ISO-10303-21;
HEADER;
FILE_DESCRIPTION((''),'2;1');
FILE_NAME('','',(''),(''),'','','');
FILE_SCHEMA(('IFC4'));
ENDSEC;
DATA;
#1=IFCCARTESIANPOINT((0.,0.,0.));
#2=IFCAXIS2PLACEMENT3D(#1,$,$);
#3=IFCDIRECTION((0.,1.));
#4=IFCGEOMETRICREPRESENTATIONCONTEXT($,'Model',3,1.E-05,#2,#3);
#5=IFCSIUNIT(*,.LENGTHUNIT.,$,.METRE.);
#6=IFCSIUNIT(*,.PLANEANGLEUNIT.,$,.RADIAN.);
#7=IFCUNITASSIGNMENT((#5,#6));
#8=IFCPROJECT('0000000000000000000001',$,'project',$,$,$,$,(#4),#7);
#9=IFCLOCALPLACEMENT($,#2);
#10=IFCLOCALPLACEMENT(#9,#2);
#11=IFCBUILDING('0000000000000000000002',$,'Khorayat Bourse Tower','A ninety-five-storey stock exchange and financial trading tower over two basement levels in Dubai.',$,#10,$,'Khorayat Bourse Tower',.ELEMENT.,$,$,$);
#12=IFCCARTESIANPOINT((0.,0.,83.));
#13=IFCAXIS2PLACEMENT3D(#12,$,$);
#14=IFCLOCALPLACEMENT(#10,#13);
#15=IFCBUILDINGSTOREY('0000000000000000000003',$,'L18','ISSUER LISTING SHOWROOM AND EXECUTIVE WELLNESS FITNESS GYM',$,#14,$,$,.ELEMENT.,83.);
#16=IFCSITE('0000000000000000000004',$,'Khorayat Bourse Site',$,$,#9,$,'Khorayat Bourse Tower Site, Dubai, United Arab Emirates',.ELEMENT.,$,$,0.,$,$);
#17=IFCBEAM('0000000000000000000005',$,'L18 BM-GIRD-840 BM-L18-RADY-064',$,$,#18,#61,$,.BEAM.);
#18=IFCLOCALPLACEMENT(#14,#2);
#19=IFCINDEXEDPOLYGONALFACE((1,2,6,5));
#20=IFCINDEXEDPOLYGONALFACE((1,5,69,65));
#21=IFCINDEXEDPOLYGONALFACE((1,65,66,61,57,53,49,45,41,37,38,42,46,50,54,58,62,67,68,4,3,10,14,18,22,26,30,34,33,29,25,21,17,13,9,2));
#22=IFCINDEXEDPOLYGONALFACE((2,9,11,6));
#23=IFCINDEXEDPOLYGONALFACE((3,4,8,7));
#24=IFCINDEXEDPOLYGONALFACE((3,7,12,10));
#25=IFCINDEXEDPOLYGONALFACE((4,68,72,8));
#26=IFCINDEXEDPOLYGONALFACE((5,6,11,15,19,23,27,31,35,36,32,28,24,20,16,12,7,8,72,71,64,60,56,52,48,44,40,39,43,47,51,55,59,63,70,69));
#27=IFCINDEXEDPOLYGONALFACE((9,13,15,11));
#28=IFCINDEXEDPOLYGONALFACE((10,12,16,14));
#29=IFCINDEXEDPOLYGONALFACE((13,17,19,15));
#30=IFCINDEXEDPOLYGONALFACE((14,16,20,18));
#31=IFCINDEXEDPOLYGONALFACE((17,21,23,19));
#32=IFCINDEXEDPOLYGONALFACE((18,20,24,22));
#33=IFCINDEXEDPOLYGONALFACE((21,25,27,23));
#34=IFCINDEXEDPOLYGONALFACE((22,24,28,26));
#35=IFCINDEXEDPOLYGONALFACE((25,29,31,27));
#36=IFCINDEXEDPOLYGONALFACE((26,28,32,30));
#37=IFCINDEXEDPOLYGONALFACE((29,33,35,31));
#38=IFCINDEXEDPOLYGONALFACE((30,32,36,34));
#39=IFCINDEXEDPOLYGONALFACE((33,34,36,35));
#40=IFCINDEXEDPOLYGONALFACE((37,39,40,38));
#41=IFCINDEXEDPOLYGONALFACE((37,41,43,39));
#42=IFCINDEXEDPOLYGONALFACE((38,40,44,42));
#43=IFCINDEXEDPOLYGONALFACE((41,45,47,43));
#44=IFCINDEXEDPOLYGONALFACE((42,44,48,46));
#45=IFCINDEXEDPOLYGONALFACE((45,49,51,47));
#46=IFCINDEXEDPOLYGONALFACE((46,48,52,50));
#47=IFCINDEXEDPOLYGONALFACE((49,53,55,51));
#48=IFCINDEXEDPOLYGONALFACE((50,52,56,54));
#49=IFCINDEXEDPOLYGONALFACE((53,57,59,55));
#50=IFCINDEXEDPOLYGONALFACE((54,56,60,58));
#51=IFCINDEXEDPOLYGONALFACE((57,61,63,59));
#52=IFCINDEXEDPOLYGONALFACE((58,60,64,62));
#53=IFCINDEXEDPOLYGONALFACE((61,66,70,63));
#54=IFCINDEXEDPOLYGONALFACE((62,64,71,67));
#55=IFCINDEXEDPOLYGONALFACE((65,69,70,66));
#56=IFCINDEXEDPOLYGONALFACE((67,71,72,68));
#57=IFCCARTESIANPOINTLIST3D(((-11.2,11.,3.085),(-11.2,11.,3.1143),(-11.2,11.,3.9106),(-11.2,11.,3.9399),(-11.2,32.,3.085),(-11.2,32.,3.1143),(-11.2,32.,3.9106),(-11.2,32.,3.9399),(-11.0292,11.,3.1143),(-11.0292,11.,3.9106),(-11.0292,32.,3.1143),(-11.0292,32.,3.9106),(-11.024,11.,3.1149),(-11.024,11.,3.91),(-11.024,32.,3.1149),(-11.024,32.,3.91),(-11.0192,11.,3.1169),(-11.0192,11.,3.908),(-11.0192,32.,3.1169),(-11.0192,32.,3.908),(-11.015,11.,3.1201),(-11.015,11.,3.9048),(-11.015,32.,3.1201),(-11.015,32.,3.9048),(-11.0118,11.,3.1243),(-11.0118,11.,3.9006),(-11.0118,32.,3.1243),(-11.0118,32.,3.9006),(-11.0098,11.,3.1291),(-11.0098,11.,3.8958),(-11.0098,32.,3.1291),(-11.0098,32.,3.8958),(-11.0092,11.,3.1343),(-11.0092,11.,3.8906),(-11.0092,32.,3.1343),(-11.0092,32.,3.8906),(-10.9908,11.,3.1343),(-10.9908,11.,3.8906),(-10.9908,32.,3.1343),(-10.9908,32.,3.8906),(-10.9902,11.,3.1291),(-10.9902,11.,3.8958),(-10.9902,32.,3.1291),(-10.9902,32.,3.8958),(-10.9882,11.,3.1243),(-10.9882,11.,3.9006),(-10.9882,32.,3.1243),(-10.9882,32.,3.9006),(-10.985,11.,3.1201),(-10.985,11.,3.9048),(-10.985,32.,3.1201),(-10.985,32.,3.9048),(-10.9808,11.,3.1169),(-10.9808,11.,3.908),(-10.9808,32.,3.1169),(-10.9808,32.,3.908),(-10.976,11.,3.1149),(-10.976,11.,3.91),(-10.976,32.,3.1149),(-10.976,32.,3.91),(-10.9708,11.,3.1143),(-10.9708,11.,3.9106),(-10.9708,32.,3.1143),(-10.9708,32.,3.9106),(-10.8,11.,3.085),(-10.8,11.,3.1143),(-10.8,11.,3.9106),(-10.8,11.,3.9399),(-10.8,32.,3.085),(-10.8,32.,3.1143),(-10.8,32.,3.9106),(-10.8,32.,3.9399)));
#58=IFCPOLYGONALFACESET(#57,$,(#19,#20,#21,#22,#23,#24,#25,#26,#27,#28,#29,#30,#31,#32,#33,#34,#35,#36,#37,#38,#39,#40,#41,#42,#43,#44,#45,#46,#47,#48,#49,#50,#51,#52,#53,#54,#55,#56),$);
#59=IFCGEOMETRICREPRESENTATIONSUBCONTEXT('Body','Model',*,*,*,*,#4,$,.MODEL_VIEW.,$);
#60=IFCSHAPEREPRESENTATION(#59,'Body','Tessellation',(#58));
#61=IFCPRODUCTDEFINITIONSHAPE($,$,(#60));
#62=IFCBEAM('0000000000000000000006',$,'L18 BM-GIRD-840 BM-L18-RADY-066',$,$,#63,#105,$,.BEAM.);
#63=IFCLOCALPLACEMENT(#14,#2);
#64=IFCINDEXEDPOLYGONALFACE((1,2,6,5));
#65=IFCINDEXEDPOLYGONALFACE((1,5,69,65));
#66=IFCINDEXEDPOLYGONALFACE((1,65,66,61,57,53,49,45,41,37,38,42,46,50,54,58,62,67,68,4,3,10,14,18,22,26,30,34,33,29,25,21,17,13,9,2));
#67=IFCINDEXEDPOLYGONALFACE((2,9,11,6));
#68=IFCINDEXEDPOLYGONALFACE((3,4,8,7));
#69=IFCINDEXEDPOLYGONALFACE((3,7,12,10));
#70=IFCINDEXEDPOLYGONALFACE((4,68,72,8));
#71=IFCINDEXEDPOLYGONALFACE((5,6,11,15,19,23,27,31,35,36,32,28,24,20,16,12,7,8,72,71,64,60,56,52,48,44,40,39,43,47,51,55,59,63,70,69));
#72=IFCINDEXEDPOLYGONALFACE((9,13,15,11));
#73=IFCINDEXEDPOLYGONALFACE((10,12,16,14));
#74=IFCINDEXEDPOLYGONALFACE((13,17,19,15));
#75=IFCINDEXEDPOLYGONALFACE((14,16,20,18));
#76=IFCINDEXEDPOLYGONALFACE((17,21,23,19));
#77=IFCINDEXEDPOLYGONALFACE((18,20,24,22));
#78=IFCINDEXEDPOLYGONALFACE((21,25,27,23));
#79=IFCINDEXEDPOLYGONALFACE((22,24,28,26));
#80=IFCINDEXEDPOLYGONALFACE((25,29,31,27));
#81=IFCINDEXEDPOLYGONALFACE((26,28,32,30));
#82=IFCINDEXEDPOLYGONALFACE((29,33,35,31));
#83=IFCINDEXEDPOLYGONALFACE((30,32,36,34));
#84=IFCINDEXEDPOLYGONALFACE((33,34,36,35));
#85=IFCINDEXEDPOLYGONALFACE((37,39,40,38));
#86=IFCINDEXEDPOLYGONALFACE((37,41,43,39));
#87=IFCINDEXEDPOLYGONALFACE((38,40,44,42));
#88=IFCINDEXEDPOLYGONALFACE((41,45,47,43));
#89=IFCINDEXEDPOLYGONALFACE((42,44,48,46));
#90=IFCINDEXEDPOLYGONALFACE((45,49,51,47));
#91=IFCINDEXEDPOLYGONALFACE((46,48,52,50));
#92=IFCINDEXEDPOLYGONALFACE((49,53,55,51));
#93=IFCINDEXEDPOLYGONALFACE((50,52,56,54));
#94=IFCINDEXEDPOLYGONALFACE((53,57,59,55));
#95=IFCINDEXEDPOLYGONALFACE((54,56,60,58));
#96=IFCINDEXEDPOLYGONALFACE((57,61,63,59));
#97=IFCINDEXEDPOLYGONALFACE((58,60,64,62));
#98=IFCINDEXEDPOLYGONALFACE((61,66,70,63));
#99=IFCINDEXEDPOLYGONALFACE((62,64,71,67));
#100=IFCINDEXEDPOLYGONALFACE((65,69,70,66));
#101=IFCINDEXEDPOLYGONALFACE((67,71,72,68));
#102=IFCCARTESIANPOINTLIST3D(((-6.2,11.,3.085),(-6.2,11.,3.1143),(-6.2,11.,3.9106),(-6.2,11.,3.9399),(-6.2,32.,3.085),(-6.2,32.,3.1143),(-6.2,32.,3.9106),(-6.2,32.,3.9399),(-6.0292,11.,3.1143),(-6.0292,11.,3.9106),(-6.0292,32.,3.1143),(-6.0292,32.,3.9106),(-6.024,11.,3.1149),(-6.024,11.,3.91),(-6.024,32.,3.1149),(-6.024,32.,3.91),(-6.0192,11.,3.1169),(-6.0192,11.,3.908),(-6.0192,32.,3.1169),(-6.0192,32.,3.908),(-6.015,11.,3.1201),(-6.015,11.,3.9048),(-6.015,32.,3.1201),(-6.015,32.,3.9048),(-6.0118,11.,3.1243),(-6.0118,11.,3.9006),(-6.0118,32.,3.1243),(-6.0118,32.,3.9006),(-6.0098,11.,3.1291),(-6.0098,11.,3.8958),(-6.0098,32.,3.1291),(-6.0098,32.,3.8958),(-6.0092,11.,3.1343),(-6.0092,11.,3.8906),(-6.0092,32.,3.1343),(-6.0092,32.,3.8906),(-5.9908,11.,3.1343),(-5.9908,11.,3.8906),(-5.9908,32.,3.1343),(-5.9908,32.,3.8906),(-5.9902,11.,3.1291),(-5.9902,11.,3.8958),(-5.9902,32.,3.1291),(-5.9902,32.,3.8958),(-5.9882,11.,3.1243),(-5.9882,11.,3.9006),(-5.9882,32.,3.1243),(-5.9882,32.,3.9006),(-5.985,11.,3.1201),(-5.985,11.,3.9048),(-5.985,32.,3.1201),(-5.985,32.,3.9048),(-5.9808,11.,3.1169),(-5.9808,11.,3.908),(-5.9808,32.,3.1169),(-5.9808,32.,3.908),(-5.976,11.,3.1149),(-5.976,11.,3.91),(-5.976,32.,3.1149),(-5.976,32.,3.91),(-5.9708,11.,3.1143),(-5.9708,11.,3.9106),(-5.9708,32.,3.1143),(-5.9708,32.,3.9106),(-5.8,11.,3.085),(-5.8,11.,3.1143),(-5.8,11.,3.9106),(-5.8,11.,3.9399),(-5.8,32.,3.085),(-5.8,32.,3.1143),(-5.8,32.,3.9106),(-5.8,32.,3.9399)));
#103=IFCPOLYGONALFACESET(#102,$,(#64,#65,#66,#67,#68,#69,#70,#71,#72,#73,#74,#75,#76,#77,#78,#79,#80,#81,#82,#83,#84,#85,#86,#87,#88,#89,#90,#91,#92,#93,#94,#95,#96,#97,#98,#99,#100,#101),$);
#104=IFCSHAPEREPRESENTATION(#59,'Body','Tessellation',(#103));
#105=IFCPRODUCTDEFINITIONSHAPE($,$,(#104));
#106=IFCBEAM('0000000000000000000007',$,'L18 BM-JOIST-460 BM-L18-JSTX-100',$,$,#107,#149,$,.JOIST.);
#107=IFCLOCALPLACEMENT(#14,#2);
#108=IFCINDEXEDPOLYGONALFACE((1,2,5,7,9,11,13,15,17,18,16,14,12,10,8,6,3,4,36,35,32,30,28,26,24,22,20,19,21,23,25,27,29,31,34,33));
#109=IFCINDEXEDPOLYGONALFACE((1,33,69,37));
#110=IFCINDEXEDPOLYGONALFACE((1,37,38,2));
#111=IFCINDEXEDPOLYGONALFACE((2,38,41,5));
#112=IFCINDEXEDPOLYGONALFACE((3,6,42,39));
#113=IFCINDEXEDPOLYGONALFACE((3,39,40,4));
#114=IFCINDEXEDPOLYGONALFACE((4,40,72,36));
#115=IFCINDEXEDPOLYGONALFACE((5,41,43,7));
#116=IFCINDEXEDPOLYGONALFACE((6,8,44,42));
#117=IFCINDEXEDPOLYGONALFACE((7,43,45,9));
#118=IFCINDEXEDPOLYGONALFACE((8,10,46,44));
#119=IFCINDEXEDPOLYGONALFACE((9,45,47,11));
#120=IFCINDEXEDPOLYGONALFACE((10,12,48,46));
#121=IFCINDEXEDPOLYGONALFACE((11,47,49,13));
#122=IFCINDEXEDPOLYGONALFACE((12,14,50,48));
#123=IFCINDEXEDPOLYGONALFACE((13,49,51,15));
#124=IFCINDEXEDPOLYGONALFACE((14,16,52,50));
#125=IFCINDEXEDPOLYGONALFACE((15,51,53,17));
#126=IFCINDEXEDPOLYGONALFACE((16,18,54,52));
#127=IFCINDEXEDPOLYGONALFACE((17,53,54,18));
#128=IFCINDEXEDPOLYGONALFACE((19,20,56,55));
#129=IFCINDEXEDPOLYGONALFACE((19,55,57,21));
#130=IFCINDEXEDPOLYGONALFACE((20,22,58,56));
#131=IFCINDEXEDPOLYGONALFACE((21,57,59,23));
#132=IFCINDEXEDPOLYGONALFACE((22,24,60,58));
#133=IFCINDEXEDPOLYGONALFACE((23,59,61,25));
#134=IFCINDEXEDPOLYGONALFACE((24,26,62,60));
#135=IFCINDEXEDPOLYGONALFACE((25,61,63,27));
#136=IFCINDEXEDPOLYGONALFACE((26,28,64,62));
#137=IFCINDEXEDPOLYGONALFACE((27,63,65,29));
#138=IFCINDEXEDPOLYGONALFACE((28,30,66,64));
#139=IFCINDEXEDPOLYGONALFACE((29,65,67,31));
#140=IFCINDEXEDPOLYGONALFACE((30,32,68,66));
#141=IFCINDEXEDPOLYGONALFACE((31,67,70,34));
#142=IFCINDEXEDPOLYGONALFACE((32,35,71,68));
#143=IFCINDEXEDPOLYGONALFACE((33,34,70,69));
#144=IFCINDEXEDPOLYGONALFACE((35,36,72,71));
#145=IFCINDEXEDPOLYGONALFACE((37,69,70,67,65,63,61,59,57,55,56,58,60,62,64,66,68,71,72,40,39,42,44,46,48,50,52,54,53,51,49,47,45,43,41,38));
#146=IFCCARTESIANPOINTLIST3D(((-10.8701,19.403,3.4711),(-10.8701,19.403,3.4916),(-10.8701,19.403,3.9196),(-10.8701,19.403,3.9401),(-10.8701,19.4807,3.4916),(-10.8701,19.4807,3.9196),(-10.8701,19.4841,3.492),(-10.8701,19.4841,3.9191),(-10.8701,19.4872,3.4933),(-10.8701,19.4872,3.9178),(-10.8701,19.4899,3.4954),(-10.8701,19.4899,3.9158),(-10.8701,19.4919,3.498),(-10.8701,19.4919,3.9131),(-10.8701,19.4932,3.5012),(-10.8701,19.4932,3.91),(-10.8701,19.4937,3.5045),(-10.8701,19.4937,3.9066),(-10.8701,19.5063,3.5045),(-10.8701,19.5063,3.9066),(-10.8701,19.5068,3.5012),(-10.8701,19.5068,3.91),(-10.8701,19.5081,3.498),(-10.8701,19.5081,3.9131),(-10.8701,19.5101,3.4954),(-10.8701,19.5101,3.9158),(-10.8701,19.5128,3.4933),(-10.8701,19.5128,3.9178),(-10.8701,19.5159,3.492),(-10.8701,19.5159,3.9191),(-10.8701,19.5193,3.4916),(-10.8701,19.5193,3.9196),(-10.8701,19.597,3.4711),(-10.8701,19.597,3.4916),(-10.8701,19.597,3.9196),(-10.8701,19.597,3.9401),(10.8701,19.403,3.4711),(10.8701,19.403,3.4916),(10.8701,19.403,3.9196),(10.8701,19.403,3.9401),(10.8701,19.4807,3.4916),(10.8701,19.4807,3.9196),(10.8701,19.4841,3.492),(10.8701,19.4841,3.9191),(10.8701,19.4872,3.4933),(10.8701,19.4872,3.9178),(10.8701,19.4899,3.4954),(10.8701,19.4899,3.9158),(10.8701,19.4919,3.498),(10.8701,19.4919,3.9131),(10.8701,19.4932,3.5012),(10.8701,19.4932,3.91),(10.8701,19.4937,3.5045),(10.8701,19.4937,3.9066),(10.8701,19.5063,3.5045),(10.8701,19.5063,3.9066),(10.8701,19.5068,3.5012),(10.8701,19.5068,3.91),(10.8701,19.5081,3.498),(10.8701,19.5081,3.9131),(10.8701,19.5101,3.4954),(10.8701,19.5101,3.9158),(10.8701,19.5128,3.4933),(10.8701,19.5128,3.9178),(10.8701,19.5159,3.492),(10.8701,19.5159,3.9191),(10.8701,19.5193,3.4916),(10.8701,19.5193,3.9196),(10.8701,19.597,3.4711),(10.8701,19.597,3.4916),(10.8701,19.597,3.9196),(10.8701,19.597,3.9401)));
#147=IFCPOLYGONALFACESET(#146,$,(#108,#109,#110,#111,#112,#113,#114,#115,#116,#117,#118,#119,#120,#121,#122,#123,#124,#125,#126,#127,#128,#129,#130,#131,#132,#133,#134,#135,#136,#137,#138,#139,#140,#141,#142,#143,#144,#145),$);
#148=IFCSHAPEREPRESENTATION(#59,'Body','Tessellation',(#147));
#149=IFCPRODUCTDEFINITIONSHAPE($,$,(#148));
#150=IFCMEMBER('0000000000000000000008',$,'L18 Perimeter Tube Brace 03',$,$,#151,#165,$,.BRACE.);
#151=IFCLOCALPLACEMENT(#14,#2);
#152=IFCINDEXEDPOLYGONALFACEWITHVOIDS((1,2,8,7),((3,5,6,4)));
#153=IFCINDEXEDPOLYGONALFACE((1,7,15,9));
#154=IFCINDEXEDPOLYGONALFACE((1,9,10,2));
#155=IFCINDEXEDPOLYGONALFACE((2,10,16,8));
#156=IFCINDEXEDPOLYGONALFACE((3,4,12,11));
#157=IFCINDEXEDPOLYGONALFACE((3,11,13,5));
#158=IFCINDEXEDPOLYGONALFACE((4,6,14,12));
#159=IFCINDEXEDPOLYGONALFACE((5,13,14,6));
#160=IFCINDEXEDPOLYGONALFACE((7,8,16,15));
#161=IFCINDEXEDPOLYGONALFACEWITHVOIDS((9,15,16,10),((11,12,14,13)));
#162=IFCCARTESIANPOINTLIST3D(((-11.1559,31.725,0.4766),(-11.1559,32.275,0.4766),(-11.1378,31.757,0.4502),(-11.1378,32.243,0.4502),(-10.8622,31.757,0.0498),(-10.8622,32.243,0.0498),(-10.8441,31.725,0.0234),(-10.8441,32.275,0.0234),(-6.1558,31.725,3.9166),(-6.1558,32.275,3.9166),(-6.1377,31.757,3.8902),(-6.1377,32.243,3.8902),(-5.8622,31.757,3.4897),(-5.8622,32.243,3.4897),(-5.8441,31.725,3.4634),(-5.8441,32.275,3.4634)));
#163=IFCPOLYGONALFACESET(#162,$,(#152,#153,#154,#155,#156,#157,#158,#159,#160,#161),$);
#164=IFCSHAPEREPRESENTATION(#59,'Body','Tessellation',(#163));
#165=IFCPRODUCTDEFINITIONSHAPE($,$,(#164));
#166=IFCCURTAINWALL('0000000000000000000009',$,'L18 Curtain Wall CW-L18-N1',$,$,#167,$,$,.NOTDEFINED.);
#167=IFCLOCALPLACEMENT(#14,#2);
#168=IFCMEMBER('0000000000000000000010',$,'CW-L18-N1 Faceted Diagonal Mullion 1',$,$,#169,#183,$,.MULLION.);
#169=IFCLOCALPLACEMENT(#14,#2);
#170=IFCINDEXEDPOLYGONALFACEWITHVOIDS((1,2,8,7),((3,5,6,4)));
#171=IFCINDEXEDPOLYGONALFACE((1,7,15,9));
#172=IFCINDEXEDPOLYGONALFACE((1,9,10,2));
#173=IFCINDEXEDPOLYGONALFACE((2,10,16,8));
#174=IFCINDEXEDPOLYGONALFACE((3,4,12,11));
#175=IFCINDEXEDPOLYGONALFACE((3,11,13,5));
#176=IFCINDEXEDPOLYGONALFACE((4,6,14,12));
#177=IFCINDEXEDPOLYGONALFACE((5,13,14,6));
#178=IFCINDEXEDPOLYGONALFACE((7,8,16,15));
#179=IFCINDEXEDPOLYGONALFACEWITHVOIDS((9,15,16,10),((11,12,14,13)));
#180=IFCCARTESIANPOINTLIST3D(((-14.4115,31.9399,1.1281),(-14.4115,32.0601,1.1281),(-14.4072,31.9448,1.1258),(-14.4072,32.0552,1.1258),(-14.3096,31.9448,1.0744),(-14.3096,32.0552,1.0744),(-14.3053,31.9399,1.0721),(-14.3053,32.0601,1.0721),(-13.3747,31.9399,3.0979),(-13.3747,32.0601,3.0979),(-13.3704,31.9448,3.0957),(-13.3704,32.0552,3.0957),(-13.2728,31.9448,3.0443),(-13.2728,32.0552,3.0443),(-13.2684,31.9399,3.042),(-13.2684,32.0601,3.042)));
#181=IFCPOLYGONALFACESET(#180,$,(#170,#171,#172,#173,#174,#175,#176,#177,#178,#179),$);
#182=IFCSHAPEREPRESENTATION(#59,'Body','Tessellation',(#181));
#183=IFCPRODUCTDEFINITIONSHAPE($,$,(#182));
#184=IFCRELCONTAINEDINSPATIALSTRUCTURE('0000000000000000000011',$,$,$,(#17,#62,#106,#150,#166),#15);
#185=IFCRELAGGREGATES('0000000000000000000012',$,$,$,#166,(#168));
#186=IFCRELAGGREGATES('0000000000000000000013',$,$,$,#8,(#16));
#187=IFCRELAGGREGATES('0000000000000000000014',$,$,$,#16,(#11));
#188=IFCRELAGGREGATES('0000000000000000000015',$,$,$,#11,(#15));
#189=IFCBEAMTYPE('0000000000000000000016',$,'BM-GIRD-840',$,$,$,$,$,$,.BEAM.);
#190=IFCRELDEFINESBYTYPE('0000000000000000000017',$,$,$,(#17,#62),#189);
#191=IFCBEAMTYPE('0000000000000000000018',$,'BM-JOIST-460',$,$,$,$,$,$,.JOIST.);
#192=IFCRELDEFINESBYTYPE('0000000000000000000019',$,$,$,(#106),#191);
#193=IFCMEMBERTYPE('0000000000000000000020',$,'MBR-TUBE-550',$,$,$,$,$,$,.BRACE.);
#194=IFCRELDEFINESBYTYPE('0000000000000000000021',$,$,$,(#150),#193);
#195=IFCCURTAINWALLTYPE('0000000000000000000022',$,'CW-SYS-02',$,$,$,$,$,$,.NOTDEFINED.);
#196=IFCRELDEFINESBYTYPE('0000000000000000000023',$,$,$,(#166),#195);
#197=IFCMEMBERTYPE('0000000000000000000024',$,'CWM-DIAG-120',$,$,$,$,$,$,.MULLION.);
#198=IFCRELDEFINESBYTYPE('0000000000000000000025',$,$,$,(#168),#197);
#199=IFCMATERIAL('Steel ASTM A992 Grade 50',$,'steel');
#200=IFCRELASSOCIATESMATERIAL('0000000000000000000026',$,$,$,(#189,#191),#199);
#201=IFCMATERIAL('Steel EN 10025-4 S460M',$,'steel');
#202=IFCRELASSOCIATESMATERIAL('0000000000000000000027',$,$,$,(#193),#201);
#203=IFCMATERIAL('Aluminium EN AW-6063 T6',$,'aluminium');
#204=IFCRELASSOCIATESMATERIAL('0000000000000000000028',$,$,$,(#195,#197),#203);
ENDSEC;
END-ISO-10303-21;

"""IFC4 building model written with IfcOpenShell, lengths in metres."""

from ifc_helpers import new_model, si_unit, direction, frame, origin, origin_2d, place, context, subcontext, project, spatial, hollow_rectangle, i_section, extrude, source, transform, mapped, material, material_profile, profile_set, type_object, element, aggregate, save


model = new_model("IFC4")

# Units and contexts
model_context = context("Model", 3, precision=1e-05, world=origin(), true_north=direction((0.0, 1.0)))
body_context = subcontext(model_context, "Body", "Model", "MODEL_VIEW")
ifc_project = project(units=[si_unit("LENGTHUNIT", "METRE"), si_unit("PLANEANGLEUNIT", "RADIAN")], contexts=[model_context])

# Site, building, storey
site_placement = place(None, origin())
site = spatial("IfcSite", under=ifc_project, at=site_placement, Name="Khorayat Bourse Site", LongName="Khorayat Bourse Tower Site, Dubai, United Arab Emirates", CompositionType="ELEMENT", RefElevation=0.0)
building_placement = place(site_placement, origin())
building = spatial("IfcBuilding", under=site, at=building_placement, Name="Khorayat Bourse Tower", Description="A ninety-five-storey stock exchange and financial trading tower over two basement levels in Dubai.", LongName="Khorayat Bourse Tower", CompositionType="ELEMENT")
storey_placement = place(building_placement, frame((0.0, 0.0, 83.0)))
storey = spatial("IfcBuildingStorey", under=building, at=storey_placement, Name="L18", Description="ISSUER LISTING SHOWROOM AND EXECUTIVE WELLNESS FITNESS GYM", CompositionType="ELEMENT", Elevation=83.0)

# Shared definitions
ifc_material_1 = material(Name="Steel EN 10025-4 S460M", Category="steel")

# Beams
ifc_material_2 = material(Name="Steel ASTM A992 Grade 50", Category="steel")
ifc_material_profile_1 = material_profile(ifc_material_2, i_section(OverallWidth=0.3999, OverallDepth=0.855, WebThickness=0.0183, FlangeThickness=0.0293, FilletRadius=0.02, at=origin_2d()), Name="W840X299")
ifc_profile_set_1 = profile_set([ifc_material_profile_1], Name="Steel ASTM A992 Grade 50")
beam_type_1 = type_object("IfcBeamType", Name="BM-GIRD-840", PredefinedType="BEAM", material=ifc_profile_set_1)
shared_shape_1 = source(origin(), body_context, "Body", "SweptSolid", [
    extrude(i_section(OverallWidth=0.3999, OverallDepth=0.855, WebThickness=0.0183, FlangeThickness=0.0293, FilletRadius=0.02, at=origin_2d()), origin(), (0.0, 0.0, 1.0), 21.0),
])
for number, where, z_axis, x_axis, name in (
    (1, (-11.0, 11.0, 3.5125), (0.0, 1.0, 0.0), (-1.0, 0.0, 0.0), "L18 BM-GIRD-840 BM-L18-RADY-064"),
    (2, (-6.0, 11.0, 3.5125), (0.0, 1.0, 0.0), (-1.0, 0.0, 0.0), "L18 BM-GIRD-840 BM-L18-RADY-066"),
):
    element("IfcBeam", number, at=place(storey_placement, frame(where, z_axis=z_axis, x_axis=x_axis)), inside=storey, type_object=beam_type_1, Name=name, PredefinedType="BEAM", context=body_context, shape_type="MappedRepresentation", body=[
        mapped(shared_shape_1, transform((0.0, 0.0, 0.0), scale=1.0)),
    ])
ifc_material_profile_2 = material_profile(ifc_material_2, i_section(OverallWidth=0.1941, OverallDepth=0.469, WebThickness=0.0127, FlangeThickness=0.0205, FilletRadius=0.0129, at=origin_2d()), Name="W460X106")
ifc_profile_set_2 = profile_set([ifc_material_profile_2], Name="Steel ASTM A992 Grade 50")
beam_type_2 = type_object("IfcBeamType", Name="BM-JOIST-460", PredefinedType="JOIST", material=ifc_profile_set_2)
shared_shape_2 = source(origin(), body_context, "Body", "SweptSolid", [
    extrude(i_section(OverallWidth=0.1941, OverallDepth=0.469, WebThickness=0.0127, FlangeThickness=0.0205, FilletRadius=0.0129, at=origin_2d()), origin(), (0.0, 0.0, 1.0), 21.7402),
])
beam_1_placement = place(storey_placement, frame((-10.8701, 19.5, 3.7056), z_axis=(1.0, 0.0, 0.0), x_axis=(0.0, 1.0, 0.0)))
element("IfcBeam", 3, at=beam_1_placement, inside=storey, type_object=beam_type_2, Name="L18 BM-JOIST-460 BM-L18-JSTX-100", PredefinedType="JOIST", context=body_context, shape_type="MappedRepresentation", body=[
    mapped(shared_shape_2, transform((0.0, 0.0, 0.0), scale=1.0)),
])

# Member
ifc_material_profile_3 = material_profile(ifc_material_1, hollow_rectangle(XDim=0.55, YDim=0.55, WallThickness=0.032, at=origin_2d()), Name="HSS 550x550x32")
ifc_profile_set_3 = profile_set([ifc_material_profile_3], Name="Steel EN 10025-4 S460M")
member_type_1 = type_object("IfcMemberType", Name="MBR-TUBE-550", PredefinedType="BRACE", material=ifc_profile_set_3)
shared_shape_3 = source(origin(), body_context, "Body", "SweptSolid", [
    extrude(hollow_rectangle(XDim=0.55, YDim=0.55, WallThickness=0.032, at=origin_2d()), origin(), (0.0, 0.0, 1.0), 6.0691),
])
member_1_placement = place(storey_placement, frame((-11.0, 32.0, 0.25), z_axis=(0.823854, 0.0, 0.566802), x_axis=(0.0, 1.0, 0.0)))
element("IfcMember", 4, at=member_1_placement, inside=storey, type_object=member_type_1, Name="L18 Perimeter Tube Brace 03", PredefinedType="BRACE", context=body_context, shape_type="MappedRepresentation", body=[
    mapped(shared_shape_3, transform((0.0, 0.0, 0.0), scale=1.0)),
])

# Curtain wall, member
ifc_material_3 = material(Name="Aluminium EN AW-6063 T6", Category="aluminium")
curtain_wall_type = type_object("IfcCurtainWallType", Name="CW-SYS-02", PredefinedType="NOTDEFINED", material=ifc_material_3)
curtain_wall_placement = place(storey_placement, origin())
curtain_wall = element("IfcCurtainWall", 5, at=curtain_wall_placement, inside=storey, type_object=curtain_wall_type, Name="L18 Curtain Wall CW-L18-N1", PredefinedType="NOTDEFINED")
ifc_material_profile_4 = material_profile(ifc_material_3, hollow_rectangle(XDim=0.1201, YDim=0.1201, WallThickness=0.0049, at=origin_2d()), Name="ALU 120x120x5")
ifc_profile_set_4 = profile_set([ifc_material_profile_4], Name="Aluminium EN AW-6063 T6")
member_type_2 = type_object("IfcMemberType", Name="CWM-DIAG-120", PredefinedType="MULLION", material=ifc_profile_set_4)
shared_shape_4 = source(origin(), body_context, "Body", "SweptSolid", [
    extrude(hollow_rectangle(XDim=0.1201, YDim=0.1201, WallThickness=0.0049, at=origin_2d()), origin(), (0.0, 0.0, 1.0), 2.2261),
])
member_2_placement = place(storey_placement, frame((-14.3584, 32.0, 1.1001), z_axis=(0.46576, 0.0, 0.884911), x_axis=(0.0, 1.0, 0.0)))
member_2 = element("IfcMember", 6, at=member_2_placement, type_object=member_type_2, Name="CW-L18-N1 Faceted Diagonal Mullion 1", PredefinedType="MULLION", context=body_context, shape_type="MappedRepresentation", body=[
    mapped(shared_shape_4, transform((0.0, 0.0, 0.0), scale=1.0)),
])

aggregate(curtain_wall, [member_2])

save(model, "model.ifc")
